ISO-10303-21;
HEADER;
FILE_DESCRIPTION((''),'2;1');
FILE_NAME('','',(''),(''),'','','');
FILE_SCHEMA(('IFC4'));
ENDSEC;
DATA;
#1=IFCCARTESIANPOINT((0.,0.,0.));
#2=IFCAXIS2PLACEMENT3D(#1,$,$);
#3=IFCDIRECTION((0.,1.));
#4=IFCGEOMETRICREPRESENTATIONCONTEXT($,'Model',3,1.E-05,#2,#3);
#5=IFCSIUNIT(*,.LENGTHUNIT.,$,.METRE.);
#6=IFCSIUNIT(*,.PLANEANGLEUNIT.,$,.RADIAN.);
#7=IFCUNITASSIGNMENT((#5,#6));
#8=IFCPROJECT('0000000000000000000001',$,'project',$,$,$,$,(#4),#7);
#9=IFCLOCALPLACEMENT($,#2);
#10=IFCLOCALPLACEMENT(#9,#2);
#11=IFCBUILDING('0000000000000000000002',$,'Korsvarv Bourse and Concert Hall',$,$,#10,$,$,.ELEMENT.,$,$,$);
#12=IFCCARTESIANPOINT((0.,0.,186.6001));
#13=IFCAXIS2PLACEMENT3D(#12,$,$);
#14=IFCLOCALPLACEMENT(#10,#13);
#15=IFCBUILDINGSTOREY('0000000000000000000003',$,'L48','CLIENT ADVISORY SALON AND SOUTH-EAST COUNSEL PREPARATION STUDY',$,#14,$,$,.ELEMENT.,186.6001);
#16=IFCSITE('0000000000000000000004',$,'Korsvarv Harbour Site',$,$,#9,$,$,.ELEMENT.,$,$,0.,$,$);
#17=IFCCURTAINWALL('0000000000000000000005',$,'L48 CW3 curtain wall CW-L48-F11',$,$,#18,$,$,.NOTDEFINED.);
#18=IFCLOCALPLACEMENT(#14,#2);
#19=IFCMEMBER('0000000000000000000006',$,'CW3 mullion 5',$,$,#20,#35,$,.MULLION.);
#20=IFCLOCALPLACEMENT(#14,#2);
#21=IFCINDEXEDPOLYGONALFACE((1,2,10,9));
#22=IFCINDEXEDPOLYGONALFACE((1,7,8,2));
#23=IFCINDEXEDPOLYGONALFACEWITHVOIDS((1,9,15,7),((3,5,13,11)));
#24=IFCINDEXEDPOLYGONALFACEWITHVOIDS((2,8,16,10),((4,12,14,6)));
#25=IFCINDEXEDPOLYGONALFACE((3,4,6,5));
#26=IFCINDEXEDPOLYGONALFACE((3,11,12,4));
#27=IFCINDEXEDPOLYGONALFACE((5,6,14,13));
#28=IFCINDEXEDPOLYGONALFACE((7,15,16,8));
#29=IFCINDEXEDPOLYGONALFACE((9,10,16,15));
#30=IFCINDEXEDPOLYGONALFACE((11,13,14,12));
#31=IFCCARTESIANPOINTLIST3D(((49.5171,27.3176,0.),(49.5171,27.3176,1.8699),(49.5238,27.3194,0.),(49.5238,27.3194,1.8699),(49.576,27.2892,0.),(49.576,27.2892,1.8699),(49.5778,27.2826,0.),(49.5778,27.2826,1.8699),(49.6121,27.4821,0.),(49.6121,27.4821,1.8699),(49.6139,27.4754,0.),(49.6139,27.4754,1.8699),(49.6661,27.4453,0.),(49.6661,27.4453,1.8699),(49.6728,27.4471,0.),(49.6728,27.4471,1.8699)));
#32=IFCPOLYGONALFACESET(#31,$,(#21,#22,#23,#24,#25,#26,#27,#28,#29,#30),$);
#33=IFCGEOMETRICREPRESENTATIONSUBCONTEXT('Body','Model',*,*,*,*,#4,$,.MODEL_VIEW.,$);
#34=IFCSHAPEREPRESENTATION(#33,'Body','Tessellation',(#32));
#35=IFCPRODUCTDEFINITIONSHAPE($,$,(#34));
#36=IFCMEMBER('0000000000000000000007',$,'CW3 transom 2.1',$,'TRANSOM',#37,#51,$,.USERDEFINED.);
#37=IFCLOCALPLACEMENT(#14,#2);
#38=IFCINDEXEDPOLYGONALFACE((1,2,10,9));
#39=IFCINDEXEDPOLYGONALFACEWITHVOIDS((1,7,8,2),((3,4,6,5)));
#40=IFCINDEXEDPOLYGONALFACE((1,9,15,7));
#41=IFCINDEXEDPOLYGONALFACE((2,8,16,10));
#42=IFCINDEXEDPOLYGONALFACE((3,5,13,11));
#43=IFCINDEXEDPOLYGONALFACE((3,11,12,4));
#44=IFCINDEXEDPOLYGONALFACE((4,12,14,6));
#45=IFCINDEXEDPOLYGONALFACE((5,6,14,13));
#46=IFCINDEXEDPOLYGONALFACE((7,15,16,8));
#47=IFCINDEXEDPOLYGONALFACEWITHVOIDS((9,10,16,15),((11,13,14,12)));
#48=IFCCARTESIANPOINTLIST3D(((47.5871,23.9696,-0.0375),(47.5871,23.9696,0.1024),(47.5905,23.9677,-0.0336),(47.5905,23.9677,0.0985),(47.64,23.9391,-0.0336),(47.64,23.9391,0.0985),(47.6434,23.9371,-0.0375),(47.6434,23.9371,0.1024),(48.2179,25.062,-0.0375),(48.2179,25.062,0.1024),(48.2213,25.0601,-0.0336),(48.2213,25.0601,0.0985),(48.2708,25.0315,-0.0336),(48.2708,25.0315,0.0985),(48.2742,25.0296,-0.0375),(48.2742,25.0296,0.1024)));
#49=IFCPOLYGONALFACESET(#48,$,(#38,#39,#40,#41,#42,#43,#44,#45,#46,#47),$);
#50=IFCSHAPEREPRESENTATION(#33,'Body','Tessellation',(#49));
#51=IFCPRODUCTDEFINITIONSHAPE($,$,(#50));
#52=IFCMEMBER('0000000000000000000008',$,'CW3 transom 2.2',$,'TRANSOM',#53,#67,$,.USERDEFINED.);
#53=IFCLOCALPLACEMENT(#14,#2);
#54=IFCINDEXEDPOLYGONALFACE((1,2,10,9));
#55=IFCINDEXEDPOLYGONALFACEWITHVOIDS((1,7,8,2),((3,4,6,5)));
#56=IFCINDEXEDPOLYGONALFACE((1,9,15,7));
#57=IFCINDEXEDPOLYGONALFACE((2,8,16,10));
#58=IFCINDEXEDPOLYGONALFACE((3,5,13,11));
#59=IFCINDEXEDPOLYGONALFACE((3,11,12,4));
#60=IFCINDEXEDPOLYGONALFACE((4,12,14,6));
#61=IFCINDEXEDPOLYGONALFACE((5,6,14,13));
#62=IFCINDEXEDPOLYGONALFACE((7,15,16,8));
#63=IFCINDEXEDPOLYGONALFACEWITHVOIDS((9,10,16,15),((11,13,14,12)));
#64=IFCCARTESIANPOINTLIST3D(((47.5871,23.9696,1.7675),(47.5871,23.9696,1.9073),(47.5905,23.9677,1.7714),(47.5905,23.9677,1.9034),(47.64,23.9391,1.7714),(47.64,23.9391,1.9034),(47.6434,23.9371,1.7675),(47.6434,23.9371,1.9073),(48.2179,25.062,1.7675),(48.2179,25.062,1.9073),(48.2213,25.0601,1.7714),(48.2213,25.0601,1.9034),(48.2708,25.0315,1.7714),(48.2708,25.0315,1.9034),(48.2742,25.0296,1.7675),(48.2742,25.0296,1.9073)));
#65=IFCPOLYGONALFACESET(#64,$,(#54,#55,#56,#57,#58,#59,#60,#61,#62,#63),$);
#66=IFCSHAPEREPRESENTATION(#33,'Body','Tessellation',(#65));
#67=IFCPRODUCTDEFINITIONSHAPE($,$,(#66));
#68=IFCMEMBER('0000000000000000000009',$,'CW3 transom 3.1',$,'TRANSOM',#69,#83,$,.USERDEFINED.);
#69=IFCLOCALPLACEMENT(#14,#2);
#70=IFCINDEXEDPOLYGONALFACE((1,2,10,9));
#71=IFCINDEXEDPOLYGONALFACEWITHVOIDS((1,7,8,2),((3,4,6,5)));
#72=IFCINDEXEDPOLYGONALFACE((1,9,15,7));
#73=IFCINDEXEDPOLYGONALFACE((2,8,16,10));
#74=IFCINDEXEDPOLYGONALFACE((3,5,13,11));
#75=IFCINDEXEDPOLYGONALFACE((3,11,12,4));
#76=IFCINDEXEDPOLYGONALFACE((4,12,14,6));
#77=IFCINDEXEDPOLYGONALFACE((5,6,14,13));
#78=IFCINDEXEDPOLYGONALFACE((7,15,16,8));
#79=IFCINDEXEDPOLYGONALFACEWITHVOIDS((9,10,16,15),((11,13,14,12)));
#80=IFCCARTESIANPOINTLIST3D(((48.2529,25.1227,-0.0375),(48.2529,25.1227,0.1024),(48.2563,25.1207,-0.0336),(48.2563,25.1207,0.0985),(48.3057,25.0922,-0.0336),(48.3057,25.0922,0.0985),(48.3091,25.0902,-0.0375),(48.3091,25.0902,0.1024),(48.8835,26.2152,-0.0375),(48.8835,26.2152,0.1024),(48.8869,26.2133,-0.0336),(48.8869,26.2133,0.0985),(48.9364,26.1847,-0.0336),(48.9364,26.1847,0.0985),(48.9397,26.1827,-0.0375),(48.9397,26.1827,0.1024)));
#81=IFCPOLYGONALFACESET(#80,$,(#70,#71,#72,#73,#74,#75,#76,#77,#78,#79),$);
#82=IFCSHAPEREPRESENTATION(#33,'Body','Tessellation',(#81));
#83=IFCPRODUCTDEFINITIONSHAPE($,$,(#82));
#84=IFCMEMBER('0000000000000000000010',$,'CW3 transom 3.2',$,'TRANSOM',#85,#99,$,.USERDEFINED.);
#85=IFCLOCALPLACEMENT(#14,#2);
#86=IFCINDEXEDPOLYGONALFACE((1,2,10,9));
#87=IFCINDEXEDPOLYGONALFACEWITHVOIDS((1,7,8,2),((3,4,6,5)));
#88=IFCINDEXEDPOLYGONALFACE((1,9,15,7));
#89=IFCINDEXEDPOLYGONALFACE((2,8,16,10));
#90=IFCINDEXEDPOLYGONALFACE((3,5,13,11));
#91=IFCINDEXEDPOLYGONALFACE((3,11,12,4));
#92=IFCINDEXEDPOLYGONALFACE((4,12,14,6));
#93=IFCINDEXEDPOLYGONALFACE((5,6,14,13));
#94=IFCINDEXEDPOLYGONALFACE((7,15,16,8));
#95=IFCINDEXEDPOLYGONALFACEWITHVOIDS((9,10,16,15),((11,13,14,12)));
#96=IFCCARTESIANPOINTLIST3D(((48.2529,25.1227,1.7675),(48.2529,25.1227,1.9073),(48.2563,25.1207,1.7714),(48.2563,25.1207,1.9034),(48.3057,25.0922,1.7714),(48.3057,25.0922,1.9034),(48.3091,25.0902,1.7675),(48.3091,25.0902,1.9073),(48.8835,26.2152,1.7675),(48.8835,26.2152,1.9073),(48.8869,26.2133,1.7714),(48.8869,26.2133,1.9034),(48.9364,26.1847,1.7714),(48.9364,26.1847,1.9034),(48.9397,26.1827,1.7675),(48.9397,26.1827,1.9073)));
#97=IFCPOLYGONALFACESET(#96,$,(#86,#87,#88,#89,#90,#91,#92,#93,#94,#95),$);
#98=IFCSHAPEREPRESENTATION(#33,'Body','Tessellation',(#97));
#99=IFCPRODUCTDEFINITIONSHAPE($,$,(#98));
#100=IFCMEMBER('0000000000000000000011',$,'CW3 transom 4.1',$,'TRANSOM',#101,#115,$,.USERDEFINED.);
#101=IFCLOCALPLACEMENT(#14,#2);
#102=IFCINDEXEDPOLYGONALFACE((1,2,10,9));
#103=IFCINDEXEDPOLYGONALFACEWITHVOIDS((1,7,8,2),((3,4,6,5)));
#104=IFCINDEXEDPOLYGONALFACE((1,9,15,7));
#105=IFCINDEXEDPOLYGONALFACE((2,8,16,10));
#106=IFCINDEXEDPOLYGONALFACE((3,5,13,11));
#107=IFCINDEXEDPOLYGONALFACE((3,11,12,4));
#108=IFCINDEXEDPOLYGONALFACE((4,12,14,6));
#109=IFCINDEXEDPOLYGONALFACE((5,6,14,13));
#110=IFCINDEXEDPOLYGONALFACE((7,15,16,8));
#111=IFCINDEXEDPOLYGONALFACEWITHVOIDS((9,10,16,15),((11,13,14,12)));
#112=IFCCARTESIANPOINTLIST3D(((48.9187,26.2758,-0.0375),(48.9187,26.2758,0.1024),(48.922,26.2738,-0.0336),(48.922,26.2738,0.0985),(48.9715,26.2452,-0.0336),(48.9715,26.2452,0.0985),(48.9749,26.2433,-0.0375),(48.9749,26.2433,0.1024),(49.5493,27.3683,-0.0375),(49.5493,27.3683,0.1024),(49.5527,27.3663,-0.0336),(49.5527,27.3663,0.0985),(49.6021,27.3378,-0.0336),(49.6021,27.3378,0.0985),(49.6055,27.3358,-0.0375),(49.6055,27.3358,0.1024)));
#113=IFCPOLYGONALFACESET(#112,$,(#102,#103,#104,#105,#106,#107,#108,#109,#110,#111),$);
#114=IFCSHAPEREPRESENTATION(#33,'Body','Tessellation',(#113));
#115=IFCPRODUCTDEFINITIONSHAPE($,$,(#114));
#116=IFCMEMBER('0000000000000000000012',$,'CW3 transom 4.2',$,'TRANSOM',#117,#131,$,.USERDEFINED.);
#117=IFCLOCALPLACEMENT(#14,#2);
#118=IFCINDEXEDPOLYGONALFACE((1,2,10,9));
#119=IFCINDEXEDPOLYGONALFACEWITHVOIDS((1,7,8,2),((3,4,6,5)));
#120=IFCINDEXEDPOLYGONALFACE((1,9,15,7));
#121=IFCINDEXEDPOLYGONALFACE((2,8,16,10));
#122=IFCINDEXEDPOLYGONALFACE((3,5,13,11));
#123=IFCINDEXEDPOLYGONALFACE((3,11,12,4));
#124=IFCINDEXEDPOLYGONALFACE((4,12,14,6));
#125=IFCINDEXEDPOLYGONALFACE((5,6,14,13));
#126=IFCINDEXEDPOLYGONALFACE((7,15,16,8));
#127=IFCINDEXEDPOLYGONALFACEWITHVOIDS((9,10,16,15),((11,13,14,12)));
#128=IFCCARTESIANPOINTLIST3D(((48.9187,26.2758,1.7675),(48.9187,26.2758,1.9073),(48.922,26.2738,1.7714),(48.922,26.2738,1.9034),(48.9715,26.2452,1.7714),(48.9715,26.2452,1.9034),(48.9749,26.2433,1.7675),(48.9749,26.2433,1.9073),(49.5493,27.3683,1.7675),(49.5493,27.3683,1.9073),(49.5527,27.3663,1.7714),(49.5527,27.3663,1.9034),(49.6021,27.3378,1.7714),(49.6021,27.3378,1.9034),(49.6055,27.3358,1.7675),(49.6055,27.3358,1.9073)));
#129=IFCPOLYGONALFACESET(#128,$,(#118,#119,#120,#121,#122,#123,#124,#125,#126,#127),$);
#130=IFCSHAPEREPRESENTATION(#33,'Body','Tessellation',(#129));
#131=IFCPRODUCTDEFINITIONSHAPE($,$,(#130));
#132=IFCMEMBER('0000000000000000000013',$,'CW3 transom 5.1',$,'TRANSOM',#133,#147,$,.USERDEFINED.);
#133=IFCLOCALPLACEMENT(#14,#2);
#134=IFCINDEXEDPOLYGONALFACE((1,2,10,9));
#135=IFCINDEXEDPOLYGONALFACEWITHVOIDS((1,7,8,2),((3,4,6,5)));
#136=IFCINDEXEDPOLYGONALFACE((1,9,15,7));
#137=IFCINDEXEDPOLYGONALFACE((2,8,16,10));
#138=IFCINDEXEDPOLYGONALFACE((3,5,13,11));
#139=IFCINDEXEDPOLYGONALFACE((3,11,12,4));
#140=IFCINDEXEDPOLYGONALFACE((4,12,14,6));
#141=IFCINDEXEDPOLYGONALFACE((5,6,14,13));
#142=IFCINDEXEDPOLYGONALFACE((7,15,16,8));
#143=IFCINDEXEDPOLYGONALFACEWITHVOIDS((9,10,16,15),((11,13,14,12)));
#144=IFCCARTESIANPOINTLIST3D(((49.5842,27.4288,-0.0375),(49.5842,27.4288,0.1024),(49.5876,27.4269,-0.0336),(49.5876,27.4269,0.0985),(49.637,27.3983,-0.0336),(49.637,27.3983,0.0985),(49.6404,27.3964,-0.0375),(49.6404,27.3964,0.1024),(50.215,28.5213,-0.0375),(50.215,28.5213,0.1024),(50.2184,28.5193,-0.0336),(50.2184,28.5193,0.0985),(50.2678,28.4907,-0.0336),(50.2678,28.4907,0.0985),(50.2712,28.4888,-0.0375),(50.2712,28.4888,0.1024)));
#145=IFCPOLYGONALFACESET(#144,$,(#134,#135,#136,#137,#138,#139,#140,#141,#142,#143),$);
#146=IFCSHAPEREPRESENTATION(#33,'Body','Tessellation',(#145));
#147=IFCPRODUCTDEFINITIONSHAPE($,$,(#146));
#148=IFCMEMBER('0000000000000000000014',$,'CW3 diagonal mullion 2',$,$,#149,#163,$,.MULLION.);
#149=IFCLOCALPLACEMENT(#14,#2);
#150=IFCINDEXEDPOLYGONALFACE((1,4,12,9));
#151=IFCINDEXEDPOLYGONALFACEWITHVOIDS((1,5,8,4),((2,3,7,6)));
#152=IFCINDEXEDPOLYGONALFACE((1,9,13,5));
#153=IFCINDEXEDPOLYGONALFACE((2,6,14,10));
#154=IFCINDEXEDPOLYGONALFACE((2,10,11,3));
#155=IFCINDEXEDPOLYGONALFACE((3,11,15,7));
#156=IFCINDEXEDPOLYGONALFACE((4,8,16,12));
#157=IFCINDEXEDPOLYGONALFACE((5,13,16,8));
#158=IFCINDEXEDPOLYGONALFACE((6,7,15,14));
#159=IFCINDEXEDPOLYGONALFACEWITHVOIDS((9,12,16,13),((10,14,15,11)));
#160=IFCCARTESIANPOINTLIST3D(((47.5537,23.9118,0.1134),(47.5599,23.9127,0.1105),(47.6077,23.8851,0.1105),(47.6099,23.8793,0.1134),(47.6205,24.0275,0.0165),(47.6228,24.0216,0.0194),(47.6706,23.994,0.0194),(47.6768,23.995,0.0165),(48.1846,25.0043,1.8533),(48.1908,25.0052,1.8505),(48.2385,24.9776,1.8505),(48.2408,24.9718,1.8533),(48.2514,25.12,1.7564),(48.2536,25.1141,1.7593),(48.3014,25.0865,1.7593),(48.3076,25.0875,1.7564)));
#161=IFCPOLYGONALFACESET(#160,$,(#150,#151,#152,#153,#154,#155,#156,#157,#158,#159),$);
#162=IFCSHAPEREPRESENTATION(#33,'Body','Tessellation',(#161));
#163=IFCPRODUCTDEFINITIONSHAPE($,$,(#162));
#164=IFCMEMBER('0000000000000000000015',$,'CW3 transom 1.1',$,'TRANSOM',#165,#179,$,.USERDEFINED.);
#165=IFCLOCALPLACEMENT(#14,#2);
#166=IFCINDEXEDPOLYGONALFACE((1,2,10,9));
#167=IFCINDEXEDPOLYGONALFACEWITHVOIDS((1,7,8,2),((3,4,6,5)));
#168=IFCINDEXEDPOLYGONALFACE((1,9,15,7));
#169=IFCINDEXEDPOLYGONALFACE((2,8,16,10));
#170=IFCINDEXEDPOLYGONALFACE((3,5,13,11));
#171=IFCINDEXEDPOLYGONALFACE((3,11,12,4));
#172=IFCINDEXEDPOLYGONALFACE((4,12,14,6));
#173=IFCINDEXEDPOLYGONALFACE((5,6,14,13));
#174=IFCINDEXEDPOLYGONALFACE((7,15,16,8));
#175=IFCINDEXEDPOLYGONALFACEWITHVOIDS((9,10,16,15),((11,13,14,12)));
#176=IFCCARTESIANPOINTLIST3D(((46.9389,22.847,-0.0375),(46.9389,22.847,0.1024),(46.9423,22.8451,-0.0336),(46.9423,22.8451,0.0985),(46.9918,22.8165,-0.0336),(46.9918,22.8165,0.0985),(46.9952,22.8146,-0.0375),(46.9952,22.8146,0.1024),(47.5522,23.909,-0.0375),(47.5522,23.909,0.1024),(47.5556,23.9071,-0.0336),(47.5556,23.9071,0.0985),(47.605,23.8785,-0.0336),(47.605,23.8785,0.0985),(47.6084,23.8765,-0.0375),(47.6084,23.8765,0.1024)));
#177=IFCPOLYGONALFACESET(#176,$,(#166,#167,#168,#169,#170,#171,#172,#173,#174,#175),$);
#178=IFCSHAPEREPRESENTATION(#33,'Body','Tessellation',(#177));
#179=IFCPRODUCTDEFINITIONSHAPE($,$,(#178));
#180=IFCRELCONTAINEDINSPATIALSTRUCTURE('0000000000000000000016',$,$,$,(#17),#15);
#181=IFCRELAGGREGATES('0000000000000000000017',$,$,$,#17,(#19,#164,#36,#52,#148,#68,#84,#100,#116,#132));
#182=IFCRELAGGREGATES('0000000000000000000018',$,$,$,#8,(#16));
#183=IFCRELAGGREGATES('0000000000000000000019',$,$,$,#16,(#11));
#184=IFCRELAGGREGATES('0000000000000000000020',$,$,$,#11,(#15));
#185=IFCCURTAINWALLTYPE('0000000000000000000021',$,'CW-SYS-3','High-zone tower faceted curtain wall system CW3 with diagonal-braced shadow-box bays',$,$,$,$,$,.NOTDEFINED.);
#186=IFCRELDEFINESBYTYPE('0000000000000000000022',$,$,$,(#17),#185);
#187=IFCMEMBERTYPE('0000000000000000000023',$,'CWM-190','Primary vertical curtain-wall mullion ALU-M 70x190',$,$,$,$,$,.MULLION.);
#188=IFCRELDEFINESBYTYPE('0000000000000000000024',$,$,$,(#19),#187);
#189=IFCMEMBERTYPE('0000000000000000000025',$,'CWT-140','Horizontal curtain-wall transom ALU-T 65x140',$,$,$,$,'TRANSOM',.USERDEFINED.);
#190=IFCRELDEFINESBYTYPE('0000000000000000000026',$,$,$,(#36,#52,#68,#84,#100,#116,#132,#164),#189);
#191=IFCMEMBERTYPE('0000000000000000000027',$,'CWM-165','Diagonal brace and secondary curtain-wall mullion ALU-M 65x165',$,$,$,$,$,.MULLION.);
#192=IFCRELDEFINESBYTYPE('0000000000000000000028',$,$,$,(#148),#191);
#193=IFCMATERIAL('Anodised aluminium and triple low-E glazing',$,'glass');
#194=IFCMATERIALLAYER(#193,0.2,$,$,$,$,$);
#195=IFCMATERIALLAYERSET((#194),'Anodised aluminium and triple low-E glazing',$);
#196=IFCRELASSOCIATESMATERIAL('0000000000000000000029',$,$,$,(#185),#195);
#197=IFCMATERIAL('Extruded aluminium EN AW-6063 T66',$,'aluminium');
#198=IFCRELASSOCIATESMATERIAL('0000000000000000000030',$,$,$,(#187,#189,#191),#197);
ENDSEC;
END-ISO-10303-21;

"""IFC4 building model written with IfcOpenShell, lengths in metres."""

from ifc_helpers import new_model, si_unit, direction, frame, origin, origin_2d, place, context, subcontext, project, spatial, hollow_rectangle, extrude, source, transform, mapped, material, layer, layer_set, material_profile, profile_set, type_object, element, aggregate, save


model = new_model("IFC4")

# Units and contexts
model_context = context("Model", 3, precision=1e-05, world=origin(), true_north=direction((0.0, 1.0)))
body_context = subcontext(model_context, "Body", "Model", "MODEL_VIEW")
ifc_project = project(units=[si_unit("LENGTHUNIT", "METRE"), si_unit("PLANEANGLEUNIT", "RADIAN")], contexts=[model_context])

# Site, building, storey
site_placement = place(None, origin())
site = spatial("IfcSite", under=ifc_project, at=site_placement, Name="Korsvarv Harbour Site", CompositionType="ELEMENT", RefElevation=0.0)
building_placement = place(site_placement, origin())
building = spatial("IfcBuilding", under=site, at=building_placement, Name="Korsvarv Bourse and Concert Hall", CompositionType="ELEMENT")
storey_placement = place(building_placement, frame((0.0, 0.0, 186.6001)))
storey = spatial("IfcBuildingStorey", under=building, at=storey_placement, Name="L48", Description="CLIENT ADVISORY SALON AND SOUTH-EAST COUNSEL PREPARATION STUDY", CompositionType="ELEMENT", Elevation=186.6001)

# Curtain wall, members
ifc_material_1 = material(Name="Anodised aluminium and triple low-E glazing", Category="glass")
ifc_layer_1 = layer(ifc_material_1, 0.2)
ifc_layer_set_1 = layer_set([ifc_layer_1], Name="Anodised aluminium and triple low-E glazing")
curtain_wall_type = type_object("IfcCurtainWallType", Name="CW-SYS-3", Description="High-zone tower faceted curtain wall system CW3 with diagonal-braced shadow-box bays", PredefinedType="NOTDEFINED", material=ifc_layer_set_1)
curtain_wall_placement = place(storey_placement, origin())
curtain_wall = element("IfcCurtainWall", 1, at=curtain_wall_placement, inside=storey, type_object=curtain_wall_type, Name="L48 CW3 curtain wall CW-L48-F11", PredefinedType="NOTDEFINED")
ifc_material_2 = material(Name="Extruded aluminium EN AW-6063 T66", Category="aluminium")
ifc_material_profile_1 = material_profile(ifc_material_2, hollow_rectangle(XDim=0.0701, YDim=0.1899, WallThickness=0.0049, at=origin_2d()), Name="ALU-M 70x190")
ifc_profile_set_1 = profile_set([ifc_material_profile_1], Name="Extruded aluminium EN AW-6063 T66")
member_type_1 = type_object("IfcMemberType", Name="CWM-190", Description="Primary vertical curtain-wall mullion ALU-M 70x190", PredefinedType="MULLION", material=ifc_profile_set_1)
shared_shape_1 = source(origin(), body_context, "Body", "SweptSolid", [
    extrude(hollow_rectangle(XDim=0.0701, YDim=0.1899, WallThickness=0.0049, at=origin_2d()), origin(), (0.0, 0.0, 1.0), 1.8699),
])
member_1_placement = place(storey_placement, frame((49.595, 27.3823, 0.0), z_axis=(0.0, 0.0, 1.0), x_axis=(-0.866029, 0.499994, 0.0)))
member_1 = element("IfcMember", 2, at=member_1_placement, type_object=member_type_1, Name="CW3 mullion 5", PredefinedType="MULLION", context=body_context, shape_type="MappedRepresentation", body=[
    mapped(shared_shape_1, transform((0.0, 0.0, 0.0), scale=1.0)),
])
ifc_material_profile_2 = material_profile(ifc_material_2, hollow_rectangle(XDim=0.0649, YDim=0.1399, WallThickness=0.0039, at=origin_2d()), Name="ALU-T 65x140")
ifc_profile_set_2 = profile_set([ifc_material_profile_2], Name="Extruded aluminium EN AW-6063 T66")
member_type_2 = type_object("IfcMemberType", Name="CWT-140", Description="Horizontal curtain-wall transom ALU-T 65x140", ElementType="TRANSOM", PredefinedType="USERDEFINED", material=ifc_profile_set_2)
shared_shape_2 = source(origin(), body_context, "Body", "SweptSolid", [
    extrude(hollow_rectangle(XDim=0.0649, YDim=0.1399, WallThickness=0.0039, at=origin_2d()), origin(), (0.0, 0.0, 1.0), 1.2615),
])
member_2_placement = place(storey_placement, frame((47.6152, 23.9534, 0.0325), z_axis=(0.500052, 0.865995, 0.0), x_axis=(-0.865995, 0.500052, 0.0)))
member_2 = element("IfcMember", 3, at=member_2_placement, type_object=member_type_2, Name="CW3 transom 2.1", ObjectType="TRANSOM", PredefinedType="USERDEFINED", context=body_context, shape_type="MappedRepresentation", body=[
    mapped(shared_shape_2, transform((0.0, 0.0, 0.0), scale=1.0)),
])
member_3_placement = place(storey_placement, frame((47.6152, 23.9534, 1.8374), z_axis=(0.500052, 0.865995, 0.0), x_axis=(-0.865995, 0.500052, 0.0)))
member_3 = element("IfcMember", 4, at=member_3_placement, type_object=member_type_2, Name="CW3 transom 2.2", ObjectType="TRANSOM", PredefinedType="USERDEFINED", context=body_context, shape_type="MappedRepresentation", body=[
    mapped(shared_shape_2, transform((0.0, 0.0, 0.0), scale=1.0)),
])
member_4_placement = place(storey_placement, frame((48.281, 25.1064, 0.0325), z_axis=(0.499907, 0.866079, 0.0), x_axis=(-0.866079, 0.499907, 0.0)))
member_4 = element("IfcMember", 5, at=member_4_placement, type_object=member_type_2, Name="CW3 transom 3.1", ObjectType="TRANSOM", PredefinedType="USERDEFINED", context=body_context, shape_type="MappedRepresentation", body=[
    mapped(shared_shape_2, transform((0.0, 0.0, 0.0), scale=1.0)),
])
member_5_placement = place(storey_placement, frame((48.281, 25.1064, 1.8374), z_axis=(0.499907, 0.866079, 0.0), x_axis=(-0.866079, 0.499907, 0.0)))
member_5 = element("IfcMember", 6, at=member_5_placement, type_object=member_type_2, Name="CW3 transom 3.2", ObjectType="TRANSOM", PredefinedType="USERDEFINED", context=body_context, shape_type="MappedRepresentation", body=[
    mapped(shared_shape_2, transform((0.0, 0.0, 0.0), scale=1.0)),
])
member_6_placement = place(storey_placement, frame((48.9468, 26.2595, 0.0325), z_axis=(0.499907, 0.866079, 0.0), x_axis=(-0.866079, 0.499907, 0.0)))
member_6 = element("IfcMember", 7, at=member_6_placement, type_object=member_type_2, Name="CW3 transom 4.1", ObjectType="TRANSOM", PredefinedType="USERDEFINED", context=body_context, shape_type="MappedRepresentation", body=[
    mapped(shared_shape_2, transform((0.0, 0.0, 0.0), scale=1.0)),
])
member_7_placement = place(storey_placement, frame((48.9468, 26.2595, 1.8374), z_axis=(0.499907, 0.866079, 0.0), x_axis=(-0.866079, 0.499907, 0.0)))
member_7 = element("IfcMember", 8, at=member_7_placement, type_object=member_type_2, Name="CW3 transom 4.2", ObjectType="TRANSOM", PredefinedType="USERDEFINED", context=body_context, shape_type="MappedRepresentation", body=[
    mapped(shared_shape_2, transform((0.0, 0.0, 0.0), scale=1.0)),
])
member_8_placement = place(storey_placement, frame((49.6123, 27.4126, 0.0325), z_axis=(0.500052, 0.865995, 0.0), x_axis=(-0.865995, 0.500052, 0.0)))
member_8 = element("IfcMember", 9, at=member_8_placement, type_object=member_type_2, Name="CW3 transom 5.1", ObjectType="TRANSOM", PredefinedType="USERDEFINED", context=body_context, shape_type="MappedRepresentation", body=[
    mapped(shared_shape_2, transform((0.0, 0.0, 0.0), scale=1.0)),
])
ifc_material_profile_3 = material_profile(ifc_material_2, hollow_rectangle(XDim=0.0649, YDim=0.165, WallThickness=0.0049, at=origin_2d()), Name="ALU-M 65x165")
ifc_profile_set_3 = profile_set([ifc_material_profile_3], Name="Extruded aluminium EN AW-6063 T66")
member_type_3 = type_object("IfcMemberType", Name="CWM-165", Description="Diagonal brace and secondary curtain-wall mullion ALU-M 65x165", PredefinedType="MULLION", material=ifc_profile_set_3)
shared_shape_3 = source(origin(), body_context, "Body", "SweptSolid", [
    extrude(hollow_rectangle(XDim=0.0649, YDim=0.165, WallThickness=0.0049, at=origin_2d()), origin(), (0.0, 0.0, 1.0), 2.1492),
])
member_9_placement = place(storey_placement, frame((47.6152, 23.9534, 0.0649), z_axis=(0.293529, 0.508336, 0.809589), x_axis=(-0.865995, 0.500052, 0.0)))
member_9 = element("IfcMember", 10, at=member_9_placement, type_object=member_type_3, Name="CW3 diagonal mullion 2", PredefinedType="MULLION", context=body_context, shape_type="MappedRepresentation", body=[
    mapped(shared_shape_3, transform((0.0, 0.0, 0.0), scale=1.0)),
])
shared_shape_4 = source(origin(), body_context, "Body", "SweptSolid", [
    extrude(hollow_rectangle(XDim=0.0649, YDim=0.1399, WallThickness=0.0039, at=origin_2d()), origin(), (0.0, 0.0, 1.0), 1.2263),
])
member_10_placement = place(storey_placement, frame((46.967, 22.8308, 0.0325), z_axis=(0.500079, 0.86598, 0.0), x_axis=(-0.86598, 0.500079, 0.0)))
member_10 = element("IfcMember", 11, at=member_10_placement, type_object=member_type_2, Name="CW3 transom 1.1", ObjectType="TRANSOM", PredefinedType="USERDEFINED", context=body_context, shape_type="MappedRepresentation", body=[
    mapped(shared_shape_4, transform((0.0, 0.0, 0.0), scale=1.0)),
])
aggregate(curtain_wall, [member_1, member_10, member_2, member_3, member_9, member_4, member_5, member_6, member_7, member_8])

save(model, "model.ifc")
